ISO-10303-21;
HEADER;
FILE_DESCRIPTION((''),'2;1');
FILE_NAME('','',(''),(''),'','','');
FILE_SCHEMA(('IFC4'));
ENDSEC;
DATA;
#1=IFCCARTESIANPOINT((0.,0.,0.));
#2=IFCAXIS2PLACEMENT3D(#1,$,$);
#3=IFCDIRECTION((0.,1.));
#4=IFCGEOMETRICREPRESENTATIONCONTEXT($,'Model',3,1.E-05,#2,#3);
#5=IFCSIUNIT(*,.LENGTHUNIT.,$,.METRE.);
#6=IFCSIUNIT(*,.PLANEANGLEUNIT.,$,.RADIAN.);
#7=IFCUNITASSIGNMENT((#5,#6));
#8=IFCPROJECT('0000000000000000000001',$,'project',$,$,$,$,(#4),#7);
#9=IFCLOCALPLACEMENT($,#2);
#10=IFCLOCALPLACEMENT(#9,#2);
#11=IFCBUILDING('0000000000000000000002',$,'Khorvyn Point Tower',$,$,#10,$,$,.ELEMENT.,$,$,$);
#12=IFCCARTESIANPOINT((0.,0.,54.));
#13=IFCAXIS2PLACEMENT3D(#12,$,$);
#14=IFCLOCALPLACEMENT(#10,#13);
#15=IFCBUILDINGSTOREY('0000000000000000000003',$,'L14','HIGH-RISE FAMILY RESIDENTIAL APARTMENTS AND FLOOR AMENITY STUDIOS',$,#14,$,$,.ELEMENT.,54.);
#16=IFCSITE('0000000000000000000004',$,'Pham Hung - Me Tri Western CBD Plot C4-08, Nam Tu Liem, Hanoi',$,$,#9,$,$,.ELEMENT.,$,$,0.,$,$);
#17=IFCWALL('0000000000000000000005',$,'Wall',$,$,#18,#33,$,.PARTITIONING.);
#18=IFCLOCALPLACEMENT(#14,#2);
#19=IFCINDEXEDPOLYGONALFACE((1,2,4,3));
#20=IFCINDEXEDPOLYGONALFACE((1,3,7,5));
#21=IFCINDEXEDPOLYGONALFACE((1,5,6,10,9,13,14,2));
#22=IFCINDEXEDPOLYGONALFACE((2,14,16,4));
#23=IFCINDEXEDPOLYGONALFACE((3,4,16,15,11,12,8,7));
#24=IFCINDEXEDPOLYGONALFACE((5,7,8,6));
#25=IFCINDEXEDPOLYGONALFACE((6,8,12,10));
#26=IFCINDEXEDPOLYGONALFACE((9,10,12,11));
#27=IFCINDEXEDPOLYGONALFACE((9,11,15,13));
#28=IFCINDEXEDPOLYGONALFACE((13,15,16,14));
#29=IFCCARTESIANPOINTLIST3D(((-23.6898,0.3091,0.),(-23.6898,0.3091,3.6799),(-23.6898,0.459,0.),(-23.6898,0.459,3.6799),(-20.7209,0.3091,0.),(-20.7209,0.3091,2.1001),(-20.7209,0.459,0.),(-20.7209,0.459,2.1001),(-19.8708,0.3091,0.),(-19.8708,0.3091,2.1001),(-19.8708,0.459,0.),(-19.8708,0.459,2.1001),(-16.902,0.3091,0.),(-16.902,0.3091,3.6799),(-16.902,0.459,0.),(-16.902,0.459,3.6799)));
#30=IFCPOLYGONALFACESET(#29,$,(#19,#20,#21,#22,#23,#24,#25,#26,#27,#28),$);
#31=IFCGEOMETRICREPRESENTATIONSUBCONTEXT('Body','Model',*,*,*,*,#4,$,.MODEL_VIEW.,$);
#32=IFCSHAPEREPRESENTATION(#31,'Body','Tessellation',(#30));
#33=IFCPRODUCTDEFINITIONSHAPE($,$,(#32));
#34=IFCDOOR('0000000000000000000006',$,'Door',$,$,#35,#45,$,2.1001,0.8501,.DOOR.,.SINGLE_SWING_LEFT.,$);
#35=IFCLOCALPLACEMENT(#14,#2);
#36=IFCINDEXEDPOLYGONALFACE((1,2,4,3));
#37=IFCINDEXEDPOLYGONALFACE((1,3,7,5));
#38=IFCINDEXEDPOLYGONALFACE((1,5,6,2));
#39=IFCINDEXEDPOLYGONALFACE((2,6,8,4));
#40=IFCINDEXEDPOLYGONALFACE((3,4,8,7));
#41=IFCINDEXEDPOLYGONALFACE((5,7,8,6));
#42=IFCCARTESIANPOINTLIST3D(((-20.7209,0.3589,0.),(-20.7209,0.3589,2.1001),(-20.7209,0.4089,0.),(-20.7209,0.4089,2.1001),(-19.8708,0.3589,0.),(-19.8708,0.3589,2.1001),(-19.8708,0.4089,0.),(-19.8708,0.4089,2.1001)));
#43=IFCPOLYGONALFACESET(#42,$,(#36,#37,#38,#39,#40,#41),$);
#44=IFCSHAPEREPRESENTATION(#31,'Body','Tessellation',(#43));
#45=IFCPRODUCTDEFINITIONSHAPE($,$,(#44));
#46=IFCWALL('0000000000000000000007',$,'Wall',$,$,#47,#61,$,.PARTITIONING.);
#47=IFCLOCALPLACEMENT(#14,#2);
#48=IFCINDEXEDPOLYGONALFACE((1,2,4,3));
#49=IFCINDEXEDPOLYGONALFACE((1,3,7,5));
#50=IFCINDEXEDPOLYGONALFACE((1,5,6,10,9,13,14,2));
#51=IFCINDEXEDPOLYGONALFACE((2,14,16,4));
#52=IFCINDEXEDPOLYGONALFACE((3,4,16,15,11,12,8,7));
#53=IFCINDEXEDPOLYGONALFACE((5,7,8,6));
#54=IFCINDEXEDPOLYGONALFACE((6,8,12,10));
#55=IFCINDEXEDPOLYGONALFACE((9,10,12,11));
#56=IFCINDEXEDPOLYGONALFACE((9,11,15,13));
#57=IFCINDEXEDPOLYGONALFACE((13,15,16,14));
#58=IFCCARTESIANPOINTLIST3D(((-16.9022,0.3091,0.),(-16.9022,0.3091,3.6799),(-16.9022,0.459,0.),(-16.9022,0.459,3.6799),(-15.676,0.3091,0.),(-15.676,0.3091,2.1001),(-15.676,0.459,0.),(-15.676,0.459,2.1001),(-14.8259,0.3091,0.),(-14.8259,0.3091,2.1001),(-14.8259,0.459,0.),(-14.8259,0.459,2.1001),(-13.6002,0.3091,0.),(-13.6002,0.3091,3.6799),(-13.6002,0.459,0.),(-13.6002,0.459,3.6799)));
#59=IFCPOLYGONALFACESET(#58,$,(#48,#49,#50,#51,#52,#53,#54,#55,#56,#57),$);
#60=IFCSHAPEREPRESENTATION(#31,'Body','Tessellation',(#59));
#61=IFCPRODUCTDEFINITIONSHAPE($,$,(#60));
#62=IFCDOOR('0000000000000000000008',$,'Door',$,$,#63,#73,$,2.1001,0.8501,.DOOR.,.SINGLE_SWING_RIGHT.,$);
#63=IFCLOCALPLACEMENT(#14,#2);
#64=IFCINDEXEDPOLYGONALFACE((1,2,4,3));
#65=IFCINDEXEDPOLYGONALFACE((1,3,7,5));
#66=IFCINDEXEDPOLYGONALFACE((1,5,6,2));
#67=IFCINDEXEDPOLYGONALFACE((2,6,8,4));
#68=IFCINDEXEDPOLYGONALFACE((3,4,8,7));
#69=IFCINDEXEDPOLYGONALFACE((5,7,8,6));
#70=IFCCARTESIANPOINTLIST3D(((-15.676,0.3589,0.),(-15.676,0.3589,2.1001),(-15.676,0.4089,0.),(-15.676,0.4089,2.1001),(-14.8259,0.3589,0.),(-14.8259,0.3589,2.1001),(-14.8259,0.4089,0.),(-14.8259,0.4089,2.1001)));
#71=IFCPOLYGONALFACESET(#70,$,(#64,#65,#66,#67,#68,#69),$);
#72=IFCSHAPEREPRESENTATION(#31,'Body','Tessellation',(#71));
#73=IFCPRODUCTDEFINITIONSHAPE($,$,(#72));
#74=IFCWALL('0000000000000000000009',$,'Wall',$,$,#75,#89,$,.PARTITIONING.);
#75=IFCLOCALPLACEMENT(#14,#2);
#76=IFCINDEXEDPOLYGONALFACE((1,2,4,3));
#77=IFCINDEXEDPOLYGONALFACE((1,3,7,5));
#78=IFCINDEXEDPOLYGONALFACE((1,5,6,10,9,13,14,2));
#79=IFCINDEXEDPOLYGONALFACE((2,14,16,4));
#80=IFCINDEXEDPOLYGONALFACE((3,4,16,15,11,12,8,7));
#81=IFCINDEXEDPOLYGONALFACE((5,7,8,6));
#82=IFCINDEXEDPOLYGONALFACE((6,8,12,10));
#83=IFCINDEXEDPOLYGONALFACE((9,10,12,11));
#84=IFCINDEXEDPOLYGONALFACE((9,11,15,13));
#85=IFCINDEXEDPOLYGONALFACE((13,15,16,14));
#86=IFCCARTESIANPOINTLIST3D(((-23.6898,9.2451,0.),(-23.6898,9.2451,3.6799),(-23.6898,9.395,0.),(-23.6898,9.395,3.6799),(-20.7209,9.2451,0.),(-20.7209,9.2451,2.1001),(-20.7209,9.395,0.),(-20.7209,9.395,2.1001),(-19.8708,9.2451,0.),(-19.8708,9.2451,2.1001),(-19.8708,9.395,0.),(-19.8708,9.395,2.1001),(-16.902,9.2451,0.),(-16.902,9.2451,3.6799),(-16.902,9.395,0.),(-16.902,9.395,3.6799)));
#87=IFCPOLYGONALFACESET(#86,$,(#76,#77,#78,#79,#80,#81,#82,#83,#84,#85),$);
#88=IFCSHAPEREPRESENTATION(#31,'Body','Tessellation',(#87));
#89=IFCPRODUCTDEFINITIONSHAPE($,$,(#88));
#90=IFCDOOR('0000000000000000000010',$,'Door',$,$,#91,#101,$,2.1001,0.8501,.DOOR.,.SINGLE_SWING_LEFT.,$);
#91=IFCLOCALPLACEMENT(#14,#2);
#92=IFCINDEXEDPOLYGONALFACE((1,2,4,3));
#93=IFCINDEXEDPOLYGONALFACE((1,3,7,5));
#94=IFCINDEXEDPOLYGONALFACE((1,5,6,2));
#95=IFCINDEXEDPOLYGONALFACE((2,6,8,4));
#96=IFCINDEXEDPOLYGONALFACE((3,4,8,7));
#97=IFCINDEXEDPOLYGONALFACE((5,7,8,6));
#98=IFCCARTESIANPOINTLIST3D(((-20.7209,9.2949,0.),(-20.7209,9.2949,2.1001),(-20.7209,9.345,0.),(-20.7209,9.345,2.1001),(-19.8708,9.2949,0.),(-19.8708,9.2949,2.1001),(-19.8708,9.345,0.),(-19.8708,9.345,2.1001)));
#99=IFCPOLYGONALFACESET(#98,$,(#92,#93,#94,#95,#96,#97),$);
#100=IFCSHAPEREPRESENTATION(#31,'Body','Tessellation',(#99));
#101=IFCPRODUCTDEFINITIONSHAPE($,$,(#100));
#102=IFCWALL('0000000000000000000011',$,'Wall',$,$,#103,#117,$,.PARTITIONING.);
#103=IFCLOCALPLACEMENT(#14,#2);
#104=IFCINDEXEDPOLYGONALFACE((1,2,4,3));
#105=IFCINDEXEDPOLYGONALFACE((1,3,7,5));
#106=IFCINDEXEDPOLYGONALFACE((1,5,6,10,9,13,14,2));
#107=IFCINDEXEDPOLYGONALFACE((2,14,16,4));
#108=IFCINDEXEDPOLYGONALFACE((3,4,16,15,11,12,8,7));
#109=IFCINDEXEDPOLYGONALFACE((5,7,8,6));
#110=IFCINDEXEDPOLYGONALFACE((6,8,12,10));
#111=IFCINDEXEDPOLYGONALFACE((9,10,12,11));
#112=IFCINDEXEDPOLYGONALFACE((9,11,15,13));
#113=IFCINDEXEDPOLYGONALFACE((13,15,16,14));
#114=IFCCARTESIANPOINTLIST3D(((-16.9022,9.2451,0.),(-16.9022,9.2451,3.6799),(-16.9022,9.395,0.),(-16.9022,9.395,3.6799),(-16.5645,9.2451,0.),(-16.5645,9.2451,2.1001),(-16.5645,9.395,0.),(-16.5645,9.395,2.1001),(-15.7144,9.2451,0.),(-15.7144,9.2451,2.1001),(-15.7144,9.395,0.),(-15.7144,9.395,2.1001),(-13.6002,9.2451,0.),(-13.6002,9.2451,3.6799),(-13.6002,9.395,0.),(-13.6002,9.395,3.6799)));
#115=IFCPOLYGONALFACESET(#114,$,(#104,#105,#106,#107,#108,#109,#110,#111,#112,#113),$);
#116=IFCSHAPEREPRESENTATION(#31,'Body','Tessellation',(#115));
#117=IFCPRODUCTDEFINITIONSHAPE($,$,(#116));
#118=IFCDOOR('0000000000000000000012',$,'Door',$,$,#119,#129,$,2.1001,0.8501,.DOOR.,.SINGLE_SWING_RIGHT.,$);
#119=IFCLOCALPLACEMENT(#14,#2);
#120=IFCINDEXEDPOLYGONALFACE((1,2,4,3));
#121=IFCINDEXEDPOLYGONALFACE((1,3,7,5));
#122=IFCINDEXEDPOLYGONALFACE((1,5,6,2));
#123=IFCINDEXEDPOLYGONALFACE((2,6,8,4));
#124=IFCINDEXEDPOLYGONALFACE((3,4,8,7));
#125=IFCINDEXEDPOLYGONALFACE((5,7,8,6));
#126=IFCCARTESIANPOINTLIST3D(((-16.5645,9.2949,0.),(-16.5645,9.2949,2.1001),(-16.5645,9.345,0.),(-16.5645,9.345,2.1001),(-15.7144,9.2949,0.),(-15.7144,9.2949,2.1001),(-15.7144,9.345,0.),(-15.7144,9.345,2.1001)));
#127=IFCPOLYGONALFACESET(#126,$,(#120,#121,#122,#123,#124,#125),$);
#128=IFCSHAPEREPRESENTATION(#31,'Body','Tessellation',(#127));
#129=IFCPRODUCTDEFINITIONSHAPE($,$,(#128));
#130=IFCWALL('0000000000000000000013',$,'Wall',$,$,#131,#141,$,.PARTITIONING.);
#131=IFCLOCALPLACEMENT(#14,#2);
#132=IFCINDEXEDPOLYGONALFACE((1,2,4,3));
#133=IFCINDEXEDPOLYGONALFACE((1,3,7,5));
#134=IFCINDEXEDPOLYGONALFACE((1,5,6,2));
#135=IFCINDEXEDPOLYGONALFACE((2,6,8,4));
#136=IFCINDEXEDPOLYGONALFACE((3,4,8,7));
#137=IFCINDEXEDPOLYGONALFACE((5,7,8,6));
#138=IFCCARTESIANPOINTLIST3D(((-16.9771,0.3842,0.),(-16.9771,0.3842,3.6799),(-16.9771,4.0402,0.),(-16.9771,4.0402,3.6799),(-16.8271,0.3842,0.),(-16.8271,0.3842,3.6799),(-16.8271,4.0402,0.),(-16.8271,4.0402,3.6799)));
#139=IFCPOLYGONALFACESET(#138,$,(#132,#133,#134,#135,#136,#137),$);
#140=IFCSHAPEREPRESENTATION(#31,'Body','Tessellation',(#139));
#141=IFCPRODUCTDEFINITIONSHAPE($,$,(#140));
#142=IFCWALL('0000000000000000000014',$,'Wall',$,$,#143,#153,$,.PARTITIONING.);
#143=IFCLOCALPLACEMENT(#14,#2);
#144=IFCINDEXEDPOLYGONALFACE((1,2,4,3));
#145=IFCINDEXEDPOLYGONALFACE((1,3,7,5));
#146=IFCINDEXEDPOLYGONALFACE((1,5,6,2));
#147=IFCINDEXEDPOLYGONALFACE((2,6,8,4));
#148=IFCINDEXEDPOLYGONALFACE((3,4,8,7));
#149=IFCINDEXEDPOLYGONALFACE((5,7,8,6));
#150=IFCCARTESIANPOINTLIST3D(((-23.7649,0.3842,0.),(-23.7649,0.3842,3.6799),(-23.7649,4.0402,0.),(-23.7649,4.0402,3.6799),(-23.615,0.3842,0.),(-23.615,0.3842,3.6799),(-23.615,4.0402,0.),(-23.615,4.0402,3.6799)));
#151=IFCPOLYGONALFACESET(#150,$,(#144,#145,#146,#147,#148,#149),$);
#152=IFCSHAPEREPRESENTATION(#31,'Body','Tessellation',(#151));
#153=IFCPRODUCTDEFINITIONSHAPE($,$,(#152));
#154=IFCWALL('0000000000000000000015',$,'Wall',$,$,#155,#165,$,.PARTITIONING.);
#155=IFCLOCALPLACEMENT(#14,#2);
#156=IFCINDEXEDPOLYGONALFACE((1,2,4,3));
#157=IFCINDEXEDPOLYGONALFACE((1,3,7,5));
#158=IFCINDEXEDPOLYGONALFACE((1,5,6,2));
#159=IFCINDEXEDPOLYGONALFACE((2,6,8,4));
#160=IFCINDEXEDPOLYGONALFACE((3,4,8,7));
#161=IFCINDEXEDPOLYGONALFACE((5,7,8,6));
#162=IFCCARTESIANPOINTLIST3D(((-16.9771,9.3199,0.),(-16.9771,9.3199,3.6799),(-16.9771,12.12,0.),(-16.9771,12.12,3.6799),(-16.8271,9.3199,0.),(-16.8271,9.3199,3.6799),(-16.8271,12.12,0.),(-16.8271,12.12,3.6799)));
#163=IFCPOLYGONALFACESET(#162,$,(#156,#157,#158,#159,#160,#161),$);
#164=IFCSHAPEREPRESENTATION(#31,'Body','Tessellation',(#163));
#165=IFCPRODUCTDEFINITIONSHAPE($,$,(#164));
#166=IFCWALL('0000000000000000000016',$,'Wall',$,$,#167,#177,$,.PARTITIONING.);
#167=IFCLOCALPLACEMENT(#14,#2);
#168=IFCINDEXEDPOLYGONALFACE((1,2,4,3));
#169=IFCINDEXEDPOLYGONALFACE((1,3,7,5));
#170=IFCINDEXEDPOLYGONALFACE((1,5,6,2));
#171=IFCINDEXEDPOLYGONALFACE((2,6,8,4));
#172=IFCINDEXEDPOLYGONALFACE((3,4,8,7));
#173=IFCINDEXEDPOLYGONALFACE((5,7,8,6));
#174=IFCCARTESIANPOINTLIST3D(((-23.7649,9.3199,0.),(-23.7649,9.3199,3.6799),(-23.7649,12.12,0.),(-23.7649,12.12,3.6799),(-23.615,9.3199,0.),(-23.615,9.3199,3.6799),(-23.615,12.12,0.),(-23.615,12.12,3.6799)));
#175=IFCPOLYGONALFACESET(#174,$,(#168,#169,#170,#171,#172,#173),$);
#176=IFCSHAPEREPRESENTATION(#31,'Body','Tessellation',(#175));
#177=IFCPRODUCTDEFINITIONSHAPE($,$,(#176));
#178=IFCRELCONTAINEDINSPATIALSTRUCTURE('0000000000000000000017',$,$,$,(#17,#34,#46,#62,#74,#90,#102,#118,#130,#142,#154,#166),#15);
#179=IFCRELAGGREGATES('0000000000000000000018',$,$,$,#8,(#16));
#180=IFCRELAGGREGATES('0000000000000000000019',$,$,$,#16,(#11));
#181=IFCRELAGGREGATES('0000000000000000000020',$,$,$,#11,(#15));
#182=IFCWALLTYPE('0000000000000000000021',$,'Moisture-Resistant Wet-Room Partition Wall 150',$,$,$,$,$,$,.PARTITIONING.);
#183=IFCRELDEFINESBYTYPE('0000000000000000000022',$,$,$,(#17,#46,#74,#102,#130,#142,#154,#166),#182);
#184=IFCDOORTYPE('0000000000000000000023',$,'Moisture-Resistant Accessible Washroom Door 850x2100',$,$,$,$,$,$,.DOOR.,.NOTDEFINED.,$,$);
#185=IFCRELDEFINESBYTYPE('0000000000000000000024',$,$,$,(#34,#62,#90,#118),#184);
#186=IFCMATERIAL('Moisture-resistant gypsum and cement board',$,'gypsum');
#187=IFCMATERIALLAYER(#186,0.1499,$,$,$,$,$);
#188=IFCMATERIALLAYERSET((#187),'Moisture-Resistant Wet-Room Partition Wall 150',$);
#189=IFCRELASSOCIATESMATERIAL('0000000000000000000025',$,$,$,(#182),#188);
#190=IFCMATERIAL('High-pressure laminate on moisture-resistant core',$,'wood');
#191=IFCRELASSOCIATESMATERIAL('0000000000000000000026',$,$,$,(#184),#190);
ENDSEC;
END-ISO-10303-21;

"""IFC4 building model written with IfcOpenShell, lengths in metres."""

from ifc_helpers import new_model, si_unit, direction, frame, frame_2d, origin, place, context, subcontext, project, spatial, rectangle, extrude, material, layer, layer_set, type_object, element, fill, save


model = new_model("IFC4")

# Units and contexts
model_context = context("Model", 3, precision=1e-05, world=origin(), true_north=direction((0.0, 1.0)))
body_context = subcontext(model_context, "Body", "Model", "MODEL_VIEW")
ifc_project = project(units=[si_unit("LENGTHUNIT", "METRE"), si_unit("PLANEANGLEUNIT", "RADIAN")], contexts=[model_context])

# Site, building, storey
site_placement = place(None, origin())
site = spatial("IfcSite", under=ifc_project, at=site_placement, Name="Pham Hung - Me Tri Western CBD Plot C4-08, Nam Tu Liem, Hanoi", CompositionType="ELEMENT", RefElevation=0.0)
building_placement = place(site_placement, origin())
building = spatial("IfcBuilding", under=site, at=building_placement, Name="Khorvyn Point Tower", CompositionType="ELEMENT")
storey_placement = place(building_placement, frame((0.0, 0.0, 54.0)))
storey = spatial("IfcBuildingStorey", under=building, at=storey_placement, Name="L14", Description="HIGH-RISE FAMILY RESIDENTIAL APARTMENTS AND FLOOR AMENITY STUDIOS", CompositionType="ELEMENT", Elevation=54.0)

# Walls, openings, doors
ifc_material_1 = material(Name="Moisture-resistant gypsum and cement board", Category="gypsum")
ifc_layer_1 = layer(ifc_material_1, 0.1499)
ifc_layer_set_1 = layer_set([ifc_layer_1], Name="Moisture-Resistant Wet-Room Partition Wall 150")
wall_type_1 = type_object("IfcWallType", Name="Moisture-Resistant Wet-Room Partition Wall 150", PredefinedType="PARTITIONING", material=ifc_layer_set_1)
wall_1_placement = place(storey_placement, frame((-23.6899, 0.384, 0.0), z_axis=(0.0, 0.0, 1.0), x_axis=(1.0, 0.0, 0.0)))
wall_1 = element("IfcWall", 1, at=wall_1_placement, inside=storey, type_object=wall_type_1, Name="Wall", PredefinedType="PARTITIONING", context=body_context, shape_type="SweptSolid", body=[
    extrude(rectangle(XDim=6.7878, YDim=0.1499, at=frame_2d((3.394, 0.0))), origin(), (0.0, 0.0, 1.0), 3.6799),
])
opening_1_placement = place(wall_1_placement, frame((2.969, 0.0, 0.0)))
opening_1 = element("IfcOpeningElement", 2, at=opening_1_placement, cuts=wall_1, PredefinedType="OPENING", context=body_context, shape_type="SweptSolid", body=[
    extrude(rectangle(XDim=0.8501, YDim=2.1001, at=frame_2d((0.425, 1.05))), frame((0.0, 0.085, 0.0), z_axis=(0.0, -1.0, 0.0), x_axis=(1.0, 0.0, 0.0)), (0.0, 0.0, 1.0), 0.1699),
])
ifc_material_2 = material(Name="High-pressure laminate on moisture-resistant core", Category="wood")
door_type_1 = type_object("IfcDoorType", Name="Moisture-Resistant Accessible Washroom Door 850x2100", OperationType="NOTDEFINED", PredefinedType="DOOR", material=ifc_material_2)
door_1_placement = place(opening_1_placement, origin())
door_1 = element("IfcDoor", 3, at=door_1_placement, inside=storey, type_object=door_type_1, Name="Door", OperationType="SINGLE_SWING_LEFT", OverallHeight=2.1001, OverallWidth=0.8501, PredefinedType="DOOR", context=body_context, shape_type="SweptSolid", body=[
    extrude(rectangle(XDim=0.8501, YDim=2.1001, at=frame_2d((0.425, 1.05))), frame((0.0, 0.0249, 0.0), z_axis=(0.0, -1.0, 0.0), x_axis=(1.0, 0.0, 0.0)), (0.0, 0.0, 1.0), 0.05),
])
fill(opening_1, door_1)
wall_2_placement = place(storey_placement, frame((-16.9021, 0.384, 0.0), z_axis=(0.0, 0.0, 1.0), x_axis=(1.0, 0.0, 0.0)))
wall_2 = element("IfcWall", 4, at=wall_2_placement, inside=storey, type_object=wall_type_1, Name="Wall", PredefinedType="PARTITIONING", context=body_context, shape_type="SweptSolid", body=[
    extrude(rectangle(XDim=3.302, YDim=0.1499, at=frame_2d((1.6509, 0.0))), origin(), (0.0, 0.0, 1.0), 3.6799),
])
opening_2_placement = place(wall_2_placement, frame((1.2261, 0.0, 0.0)))
opening_2 = element("IfcOpeningElement", 5, at=opening_2_placement, cuts=wall_2, PredefinedType="OPENING", context=body_context, shape_type="SweptSolid", body=[
    extrude(rectangle(XDim=0.8501, YDim=2.1001, at=frame_2d((0.425, 1.05))), frame((0.0, 0.085, 0.0), z_axis=(0.0, -1.0, 0.0), x_axis=(1.0, 0.0, 0.0)), (0.0, 0.0, 1.0), 0.1699),
])
door_2_placement = place(opening_2_placement, origin())
door_2 = element("IfcDoor", 6, at=door_2_placement, inside=storey, type_object=door_type_1, Name="Door", OperationType="SINGLE_SWING_RIGHT", OverallHeight=2.1001, OverallWidth=0.8501, PredefinedType="DOOR", context=body_context, shape_type="SweptSolid", body=[
    extrude(rectangle(XDim=0.8501, YDim=2.1001, at=frame_2d((0.425, 1.05))), frame((0.0, 0.0249, 0.0), z_axis=(0.0, -1.0, 0.0), x_axis=(1.0, 0.0, 0.0)), (0.0, 0.0, 1.0), 0.05),
])
fill(opening_2, door_2)
wall_3_placement = place(storey_placement, frame((-23.6899, 9.3201, 0.0), z_axis=(0.0, 0.0, 1.0), x_axis=(1.0, 0.0, 0.0)))
wall_3 = element("IfcWall", 7, at=wall_3_placement, inside=storey, type_object=wall_type_1, Name="Wall", PredefinedType="PARTITIONING", context=body_context, shape_type="SweptSolid", body=[
    extrude(rectangle(XDim=6.7878, YDim=0.1499, at=frame_2d((3.394, 0.0))), origin(), (0.0, 0.0, 1.0), 3.6799),
])
opening_3_placement = place(wall_3_placement, frame((2.969, 0.0, 0.0)))
opening_3 = element("IfcOpeningElement", 8, at=opening_3_placement, cuts=wall_3, PredefinedType="OPENING", context=body_context, shape_type="SweptSolid", body=[
    extrude(rectangle(XDim=0.8501, YDim=2.1001, at=frame_2d((0.425, 1.05))), frame((0.0, 0.085, 0.0), z_axis=(0.0, -1.0, 0.0), x_axis=(1.0, 0.0, 0.0)), (0.0, 0.0, 1.0), 0.1699),
])
door_3_placement = place(opening_3_placement, origin())
door_3 = element("IfcDoor", 9, at=door_3_placement, inside=storey, type_object=door_type_1, Name="Door", OperationType="SINGLE_SWING_LEFT", OverallHeight=2.1001, OverallWidth=0.8501, PredefinedType="DOOR", context=body_context, shape_type="SweptSolid", body=[
    extrude(rectangle(XDim=0.8501, YDim=2.1001, at=frame_2d((0.425, 1.05))), frame((0.0, 0.0249, 0.0), z_axis=(0.0, -1.0, 0.0), x_axis=(1.0, 0.0, 0.0)), (0.0, 0.0, 1.0), 0.05),
])
fill(opening_3, door_3)
wall_4_placement = place(storey_placement, frame((-16.9021, 9.3201, 0.0), z_axis=(0.0, 0.0, 1.0), x_axis=(1.0, 0.0, 0.0)))
wall_4 = element("IfcWall", 10, at=wall_4_placement, inside=storey, type_object=wall_type_1, Name="Wall", PredefinedType="PARTITIONING", context=body_context, shape_type="SweptSolid", body=[
    extrude(rectangle(XDim=3.302, YDim=0.1499, at=frame_2d((1.6509, 0.0))), origin(), (0.0, 0.0, 1.0), 3.6799),
])
opening_4_placement = place(wall_4_placement, frame((0.3376, 0.0, 0.0)))
opening_4 = element("IfcOpeningElement", 11, at=opening_4_placement, cuts=wall_4, PredefinedType="OPENING", context=body_context, shape_type="SweptSolid", body=[
    extrude(rectangle(XDim=0.8501, YDim=2.1001, at=frame_2d((0.425, 1.05))), frame((0.0, 0.085, 0.0), z_axis=(0.0, -1.0, 0.0), x_axis=(1.0, 0.0, 0.0)), (0.0, 0.0, 1.0), 0.1699),
])
door_4_placement = place(opening_4_placement, origin())
door_4 = element("IfcDoor", 12, at=door_4_placement, inside=storey, type_object=door_type_1, Name="Door", OperationType="SINGLE_SWING_RIGHT", OverallHeight=2.1001, OverallWidth=0.8501, PredefinedType="DOOR", context=body_context, shape_type="SweptSolid", body=[
    extrude(rectangle(XDim=0.8501, YDim=2.1001, at=frame_2d((0.425, 1.05))), frame((0.0, 0.0249, 0.0), z_axis=(0.0, -1.0, 0.0), x_axis=(1.0, 0.0, 0.0)), (0.0, 0.0, 1.0), 0.05),
])
fill(opening_4, door_4)

# Walls
for number, where, z_axis, x_axis, name in (
    (13, (-16.9021, 0.384, 0.0), (0.0, 0.0, 1.0), (0.0, 1.0, 0.0), "Wall"),
    (14, (-23.6899, 0.384, 0.0), (0.0, 0.0, 1.0), (0.0, 1.0, 0.0), "Wall"),
):
    element("IfcWall", number, at=place(storey_placement, frame(where, z_axis=z_axis, x_axis=x_axis)), inside=storey, type_object=wall_type_1, Name=name, PredefinedType="PARTITIONING", context=body_context, shape_type="SweptSolid", body=[
        extrude(rectangle(XDim=3.656, YDim=0.1499, at=frame_2d((1.8281, 0.0))), origin(), (0.0, 0.0, 1.0), 3.6799),
    ])
for number, where, z_axis, x_axis, name in (
    (15, (-16.9021, 9.3201, 0.0), (0.0, 0.0, 1.0), (0.0, 1.0, 0.0), "Wall"),
    (16, (-23.6899, 9.3201, 0.0), (0.0, 0.0, 1.0), (0.0, 1.0, 0.0), "Wall"),
):
    element("IfcWall", number, at=place(storey_placement, frame(where, z_axis=z_axis, x_axis=x_axis)), inside=storey, type_object=wall_type_1, Name=name, PredefinedType="PARTITIONING", context=body_context, shape_type="SweptSolid", body=[
        extrude(rectangle(XDim=2.8, YDim=0.1499, at=frame_2d((1.3999, 0.0))), origin(), (0.0, 0.0, 1.0), 3.6799),
    ])

save(model, "model.ifc")
